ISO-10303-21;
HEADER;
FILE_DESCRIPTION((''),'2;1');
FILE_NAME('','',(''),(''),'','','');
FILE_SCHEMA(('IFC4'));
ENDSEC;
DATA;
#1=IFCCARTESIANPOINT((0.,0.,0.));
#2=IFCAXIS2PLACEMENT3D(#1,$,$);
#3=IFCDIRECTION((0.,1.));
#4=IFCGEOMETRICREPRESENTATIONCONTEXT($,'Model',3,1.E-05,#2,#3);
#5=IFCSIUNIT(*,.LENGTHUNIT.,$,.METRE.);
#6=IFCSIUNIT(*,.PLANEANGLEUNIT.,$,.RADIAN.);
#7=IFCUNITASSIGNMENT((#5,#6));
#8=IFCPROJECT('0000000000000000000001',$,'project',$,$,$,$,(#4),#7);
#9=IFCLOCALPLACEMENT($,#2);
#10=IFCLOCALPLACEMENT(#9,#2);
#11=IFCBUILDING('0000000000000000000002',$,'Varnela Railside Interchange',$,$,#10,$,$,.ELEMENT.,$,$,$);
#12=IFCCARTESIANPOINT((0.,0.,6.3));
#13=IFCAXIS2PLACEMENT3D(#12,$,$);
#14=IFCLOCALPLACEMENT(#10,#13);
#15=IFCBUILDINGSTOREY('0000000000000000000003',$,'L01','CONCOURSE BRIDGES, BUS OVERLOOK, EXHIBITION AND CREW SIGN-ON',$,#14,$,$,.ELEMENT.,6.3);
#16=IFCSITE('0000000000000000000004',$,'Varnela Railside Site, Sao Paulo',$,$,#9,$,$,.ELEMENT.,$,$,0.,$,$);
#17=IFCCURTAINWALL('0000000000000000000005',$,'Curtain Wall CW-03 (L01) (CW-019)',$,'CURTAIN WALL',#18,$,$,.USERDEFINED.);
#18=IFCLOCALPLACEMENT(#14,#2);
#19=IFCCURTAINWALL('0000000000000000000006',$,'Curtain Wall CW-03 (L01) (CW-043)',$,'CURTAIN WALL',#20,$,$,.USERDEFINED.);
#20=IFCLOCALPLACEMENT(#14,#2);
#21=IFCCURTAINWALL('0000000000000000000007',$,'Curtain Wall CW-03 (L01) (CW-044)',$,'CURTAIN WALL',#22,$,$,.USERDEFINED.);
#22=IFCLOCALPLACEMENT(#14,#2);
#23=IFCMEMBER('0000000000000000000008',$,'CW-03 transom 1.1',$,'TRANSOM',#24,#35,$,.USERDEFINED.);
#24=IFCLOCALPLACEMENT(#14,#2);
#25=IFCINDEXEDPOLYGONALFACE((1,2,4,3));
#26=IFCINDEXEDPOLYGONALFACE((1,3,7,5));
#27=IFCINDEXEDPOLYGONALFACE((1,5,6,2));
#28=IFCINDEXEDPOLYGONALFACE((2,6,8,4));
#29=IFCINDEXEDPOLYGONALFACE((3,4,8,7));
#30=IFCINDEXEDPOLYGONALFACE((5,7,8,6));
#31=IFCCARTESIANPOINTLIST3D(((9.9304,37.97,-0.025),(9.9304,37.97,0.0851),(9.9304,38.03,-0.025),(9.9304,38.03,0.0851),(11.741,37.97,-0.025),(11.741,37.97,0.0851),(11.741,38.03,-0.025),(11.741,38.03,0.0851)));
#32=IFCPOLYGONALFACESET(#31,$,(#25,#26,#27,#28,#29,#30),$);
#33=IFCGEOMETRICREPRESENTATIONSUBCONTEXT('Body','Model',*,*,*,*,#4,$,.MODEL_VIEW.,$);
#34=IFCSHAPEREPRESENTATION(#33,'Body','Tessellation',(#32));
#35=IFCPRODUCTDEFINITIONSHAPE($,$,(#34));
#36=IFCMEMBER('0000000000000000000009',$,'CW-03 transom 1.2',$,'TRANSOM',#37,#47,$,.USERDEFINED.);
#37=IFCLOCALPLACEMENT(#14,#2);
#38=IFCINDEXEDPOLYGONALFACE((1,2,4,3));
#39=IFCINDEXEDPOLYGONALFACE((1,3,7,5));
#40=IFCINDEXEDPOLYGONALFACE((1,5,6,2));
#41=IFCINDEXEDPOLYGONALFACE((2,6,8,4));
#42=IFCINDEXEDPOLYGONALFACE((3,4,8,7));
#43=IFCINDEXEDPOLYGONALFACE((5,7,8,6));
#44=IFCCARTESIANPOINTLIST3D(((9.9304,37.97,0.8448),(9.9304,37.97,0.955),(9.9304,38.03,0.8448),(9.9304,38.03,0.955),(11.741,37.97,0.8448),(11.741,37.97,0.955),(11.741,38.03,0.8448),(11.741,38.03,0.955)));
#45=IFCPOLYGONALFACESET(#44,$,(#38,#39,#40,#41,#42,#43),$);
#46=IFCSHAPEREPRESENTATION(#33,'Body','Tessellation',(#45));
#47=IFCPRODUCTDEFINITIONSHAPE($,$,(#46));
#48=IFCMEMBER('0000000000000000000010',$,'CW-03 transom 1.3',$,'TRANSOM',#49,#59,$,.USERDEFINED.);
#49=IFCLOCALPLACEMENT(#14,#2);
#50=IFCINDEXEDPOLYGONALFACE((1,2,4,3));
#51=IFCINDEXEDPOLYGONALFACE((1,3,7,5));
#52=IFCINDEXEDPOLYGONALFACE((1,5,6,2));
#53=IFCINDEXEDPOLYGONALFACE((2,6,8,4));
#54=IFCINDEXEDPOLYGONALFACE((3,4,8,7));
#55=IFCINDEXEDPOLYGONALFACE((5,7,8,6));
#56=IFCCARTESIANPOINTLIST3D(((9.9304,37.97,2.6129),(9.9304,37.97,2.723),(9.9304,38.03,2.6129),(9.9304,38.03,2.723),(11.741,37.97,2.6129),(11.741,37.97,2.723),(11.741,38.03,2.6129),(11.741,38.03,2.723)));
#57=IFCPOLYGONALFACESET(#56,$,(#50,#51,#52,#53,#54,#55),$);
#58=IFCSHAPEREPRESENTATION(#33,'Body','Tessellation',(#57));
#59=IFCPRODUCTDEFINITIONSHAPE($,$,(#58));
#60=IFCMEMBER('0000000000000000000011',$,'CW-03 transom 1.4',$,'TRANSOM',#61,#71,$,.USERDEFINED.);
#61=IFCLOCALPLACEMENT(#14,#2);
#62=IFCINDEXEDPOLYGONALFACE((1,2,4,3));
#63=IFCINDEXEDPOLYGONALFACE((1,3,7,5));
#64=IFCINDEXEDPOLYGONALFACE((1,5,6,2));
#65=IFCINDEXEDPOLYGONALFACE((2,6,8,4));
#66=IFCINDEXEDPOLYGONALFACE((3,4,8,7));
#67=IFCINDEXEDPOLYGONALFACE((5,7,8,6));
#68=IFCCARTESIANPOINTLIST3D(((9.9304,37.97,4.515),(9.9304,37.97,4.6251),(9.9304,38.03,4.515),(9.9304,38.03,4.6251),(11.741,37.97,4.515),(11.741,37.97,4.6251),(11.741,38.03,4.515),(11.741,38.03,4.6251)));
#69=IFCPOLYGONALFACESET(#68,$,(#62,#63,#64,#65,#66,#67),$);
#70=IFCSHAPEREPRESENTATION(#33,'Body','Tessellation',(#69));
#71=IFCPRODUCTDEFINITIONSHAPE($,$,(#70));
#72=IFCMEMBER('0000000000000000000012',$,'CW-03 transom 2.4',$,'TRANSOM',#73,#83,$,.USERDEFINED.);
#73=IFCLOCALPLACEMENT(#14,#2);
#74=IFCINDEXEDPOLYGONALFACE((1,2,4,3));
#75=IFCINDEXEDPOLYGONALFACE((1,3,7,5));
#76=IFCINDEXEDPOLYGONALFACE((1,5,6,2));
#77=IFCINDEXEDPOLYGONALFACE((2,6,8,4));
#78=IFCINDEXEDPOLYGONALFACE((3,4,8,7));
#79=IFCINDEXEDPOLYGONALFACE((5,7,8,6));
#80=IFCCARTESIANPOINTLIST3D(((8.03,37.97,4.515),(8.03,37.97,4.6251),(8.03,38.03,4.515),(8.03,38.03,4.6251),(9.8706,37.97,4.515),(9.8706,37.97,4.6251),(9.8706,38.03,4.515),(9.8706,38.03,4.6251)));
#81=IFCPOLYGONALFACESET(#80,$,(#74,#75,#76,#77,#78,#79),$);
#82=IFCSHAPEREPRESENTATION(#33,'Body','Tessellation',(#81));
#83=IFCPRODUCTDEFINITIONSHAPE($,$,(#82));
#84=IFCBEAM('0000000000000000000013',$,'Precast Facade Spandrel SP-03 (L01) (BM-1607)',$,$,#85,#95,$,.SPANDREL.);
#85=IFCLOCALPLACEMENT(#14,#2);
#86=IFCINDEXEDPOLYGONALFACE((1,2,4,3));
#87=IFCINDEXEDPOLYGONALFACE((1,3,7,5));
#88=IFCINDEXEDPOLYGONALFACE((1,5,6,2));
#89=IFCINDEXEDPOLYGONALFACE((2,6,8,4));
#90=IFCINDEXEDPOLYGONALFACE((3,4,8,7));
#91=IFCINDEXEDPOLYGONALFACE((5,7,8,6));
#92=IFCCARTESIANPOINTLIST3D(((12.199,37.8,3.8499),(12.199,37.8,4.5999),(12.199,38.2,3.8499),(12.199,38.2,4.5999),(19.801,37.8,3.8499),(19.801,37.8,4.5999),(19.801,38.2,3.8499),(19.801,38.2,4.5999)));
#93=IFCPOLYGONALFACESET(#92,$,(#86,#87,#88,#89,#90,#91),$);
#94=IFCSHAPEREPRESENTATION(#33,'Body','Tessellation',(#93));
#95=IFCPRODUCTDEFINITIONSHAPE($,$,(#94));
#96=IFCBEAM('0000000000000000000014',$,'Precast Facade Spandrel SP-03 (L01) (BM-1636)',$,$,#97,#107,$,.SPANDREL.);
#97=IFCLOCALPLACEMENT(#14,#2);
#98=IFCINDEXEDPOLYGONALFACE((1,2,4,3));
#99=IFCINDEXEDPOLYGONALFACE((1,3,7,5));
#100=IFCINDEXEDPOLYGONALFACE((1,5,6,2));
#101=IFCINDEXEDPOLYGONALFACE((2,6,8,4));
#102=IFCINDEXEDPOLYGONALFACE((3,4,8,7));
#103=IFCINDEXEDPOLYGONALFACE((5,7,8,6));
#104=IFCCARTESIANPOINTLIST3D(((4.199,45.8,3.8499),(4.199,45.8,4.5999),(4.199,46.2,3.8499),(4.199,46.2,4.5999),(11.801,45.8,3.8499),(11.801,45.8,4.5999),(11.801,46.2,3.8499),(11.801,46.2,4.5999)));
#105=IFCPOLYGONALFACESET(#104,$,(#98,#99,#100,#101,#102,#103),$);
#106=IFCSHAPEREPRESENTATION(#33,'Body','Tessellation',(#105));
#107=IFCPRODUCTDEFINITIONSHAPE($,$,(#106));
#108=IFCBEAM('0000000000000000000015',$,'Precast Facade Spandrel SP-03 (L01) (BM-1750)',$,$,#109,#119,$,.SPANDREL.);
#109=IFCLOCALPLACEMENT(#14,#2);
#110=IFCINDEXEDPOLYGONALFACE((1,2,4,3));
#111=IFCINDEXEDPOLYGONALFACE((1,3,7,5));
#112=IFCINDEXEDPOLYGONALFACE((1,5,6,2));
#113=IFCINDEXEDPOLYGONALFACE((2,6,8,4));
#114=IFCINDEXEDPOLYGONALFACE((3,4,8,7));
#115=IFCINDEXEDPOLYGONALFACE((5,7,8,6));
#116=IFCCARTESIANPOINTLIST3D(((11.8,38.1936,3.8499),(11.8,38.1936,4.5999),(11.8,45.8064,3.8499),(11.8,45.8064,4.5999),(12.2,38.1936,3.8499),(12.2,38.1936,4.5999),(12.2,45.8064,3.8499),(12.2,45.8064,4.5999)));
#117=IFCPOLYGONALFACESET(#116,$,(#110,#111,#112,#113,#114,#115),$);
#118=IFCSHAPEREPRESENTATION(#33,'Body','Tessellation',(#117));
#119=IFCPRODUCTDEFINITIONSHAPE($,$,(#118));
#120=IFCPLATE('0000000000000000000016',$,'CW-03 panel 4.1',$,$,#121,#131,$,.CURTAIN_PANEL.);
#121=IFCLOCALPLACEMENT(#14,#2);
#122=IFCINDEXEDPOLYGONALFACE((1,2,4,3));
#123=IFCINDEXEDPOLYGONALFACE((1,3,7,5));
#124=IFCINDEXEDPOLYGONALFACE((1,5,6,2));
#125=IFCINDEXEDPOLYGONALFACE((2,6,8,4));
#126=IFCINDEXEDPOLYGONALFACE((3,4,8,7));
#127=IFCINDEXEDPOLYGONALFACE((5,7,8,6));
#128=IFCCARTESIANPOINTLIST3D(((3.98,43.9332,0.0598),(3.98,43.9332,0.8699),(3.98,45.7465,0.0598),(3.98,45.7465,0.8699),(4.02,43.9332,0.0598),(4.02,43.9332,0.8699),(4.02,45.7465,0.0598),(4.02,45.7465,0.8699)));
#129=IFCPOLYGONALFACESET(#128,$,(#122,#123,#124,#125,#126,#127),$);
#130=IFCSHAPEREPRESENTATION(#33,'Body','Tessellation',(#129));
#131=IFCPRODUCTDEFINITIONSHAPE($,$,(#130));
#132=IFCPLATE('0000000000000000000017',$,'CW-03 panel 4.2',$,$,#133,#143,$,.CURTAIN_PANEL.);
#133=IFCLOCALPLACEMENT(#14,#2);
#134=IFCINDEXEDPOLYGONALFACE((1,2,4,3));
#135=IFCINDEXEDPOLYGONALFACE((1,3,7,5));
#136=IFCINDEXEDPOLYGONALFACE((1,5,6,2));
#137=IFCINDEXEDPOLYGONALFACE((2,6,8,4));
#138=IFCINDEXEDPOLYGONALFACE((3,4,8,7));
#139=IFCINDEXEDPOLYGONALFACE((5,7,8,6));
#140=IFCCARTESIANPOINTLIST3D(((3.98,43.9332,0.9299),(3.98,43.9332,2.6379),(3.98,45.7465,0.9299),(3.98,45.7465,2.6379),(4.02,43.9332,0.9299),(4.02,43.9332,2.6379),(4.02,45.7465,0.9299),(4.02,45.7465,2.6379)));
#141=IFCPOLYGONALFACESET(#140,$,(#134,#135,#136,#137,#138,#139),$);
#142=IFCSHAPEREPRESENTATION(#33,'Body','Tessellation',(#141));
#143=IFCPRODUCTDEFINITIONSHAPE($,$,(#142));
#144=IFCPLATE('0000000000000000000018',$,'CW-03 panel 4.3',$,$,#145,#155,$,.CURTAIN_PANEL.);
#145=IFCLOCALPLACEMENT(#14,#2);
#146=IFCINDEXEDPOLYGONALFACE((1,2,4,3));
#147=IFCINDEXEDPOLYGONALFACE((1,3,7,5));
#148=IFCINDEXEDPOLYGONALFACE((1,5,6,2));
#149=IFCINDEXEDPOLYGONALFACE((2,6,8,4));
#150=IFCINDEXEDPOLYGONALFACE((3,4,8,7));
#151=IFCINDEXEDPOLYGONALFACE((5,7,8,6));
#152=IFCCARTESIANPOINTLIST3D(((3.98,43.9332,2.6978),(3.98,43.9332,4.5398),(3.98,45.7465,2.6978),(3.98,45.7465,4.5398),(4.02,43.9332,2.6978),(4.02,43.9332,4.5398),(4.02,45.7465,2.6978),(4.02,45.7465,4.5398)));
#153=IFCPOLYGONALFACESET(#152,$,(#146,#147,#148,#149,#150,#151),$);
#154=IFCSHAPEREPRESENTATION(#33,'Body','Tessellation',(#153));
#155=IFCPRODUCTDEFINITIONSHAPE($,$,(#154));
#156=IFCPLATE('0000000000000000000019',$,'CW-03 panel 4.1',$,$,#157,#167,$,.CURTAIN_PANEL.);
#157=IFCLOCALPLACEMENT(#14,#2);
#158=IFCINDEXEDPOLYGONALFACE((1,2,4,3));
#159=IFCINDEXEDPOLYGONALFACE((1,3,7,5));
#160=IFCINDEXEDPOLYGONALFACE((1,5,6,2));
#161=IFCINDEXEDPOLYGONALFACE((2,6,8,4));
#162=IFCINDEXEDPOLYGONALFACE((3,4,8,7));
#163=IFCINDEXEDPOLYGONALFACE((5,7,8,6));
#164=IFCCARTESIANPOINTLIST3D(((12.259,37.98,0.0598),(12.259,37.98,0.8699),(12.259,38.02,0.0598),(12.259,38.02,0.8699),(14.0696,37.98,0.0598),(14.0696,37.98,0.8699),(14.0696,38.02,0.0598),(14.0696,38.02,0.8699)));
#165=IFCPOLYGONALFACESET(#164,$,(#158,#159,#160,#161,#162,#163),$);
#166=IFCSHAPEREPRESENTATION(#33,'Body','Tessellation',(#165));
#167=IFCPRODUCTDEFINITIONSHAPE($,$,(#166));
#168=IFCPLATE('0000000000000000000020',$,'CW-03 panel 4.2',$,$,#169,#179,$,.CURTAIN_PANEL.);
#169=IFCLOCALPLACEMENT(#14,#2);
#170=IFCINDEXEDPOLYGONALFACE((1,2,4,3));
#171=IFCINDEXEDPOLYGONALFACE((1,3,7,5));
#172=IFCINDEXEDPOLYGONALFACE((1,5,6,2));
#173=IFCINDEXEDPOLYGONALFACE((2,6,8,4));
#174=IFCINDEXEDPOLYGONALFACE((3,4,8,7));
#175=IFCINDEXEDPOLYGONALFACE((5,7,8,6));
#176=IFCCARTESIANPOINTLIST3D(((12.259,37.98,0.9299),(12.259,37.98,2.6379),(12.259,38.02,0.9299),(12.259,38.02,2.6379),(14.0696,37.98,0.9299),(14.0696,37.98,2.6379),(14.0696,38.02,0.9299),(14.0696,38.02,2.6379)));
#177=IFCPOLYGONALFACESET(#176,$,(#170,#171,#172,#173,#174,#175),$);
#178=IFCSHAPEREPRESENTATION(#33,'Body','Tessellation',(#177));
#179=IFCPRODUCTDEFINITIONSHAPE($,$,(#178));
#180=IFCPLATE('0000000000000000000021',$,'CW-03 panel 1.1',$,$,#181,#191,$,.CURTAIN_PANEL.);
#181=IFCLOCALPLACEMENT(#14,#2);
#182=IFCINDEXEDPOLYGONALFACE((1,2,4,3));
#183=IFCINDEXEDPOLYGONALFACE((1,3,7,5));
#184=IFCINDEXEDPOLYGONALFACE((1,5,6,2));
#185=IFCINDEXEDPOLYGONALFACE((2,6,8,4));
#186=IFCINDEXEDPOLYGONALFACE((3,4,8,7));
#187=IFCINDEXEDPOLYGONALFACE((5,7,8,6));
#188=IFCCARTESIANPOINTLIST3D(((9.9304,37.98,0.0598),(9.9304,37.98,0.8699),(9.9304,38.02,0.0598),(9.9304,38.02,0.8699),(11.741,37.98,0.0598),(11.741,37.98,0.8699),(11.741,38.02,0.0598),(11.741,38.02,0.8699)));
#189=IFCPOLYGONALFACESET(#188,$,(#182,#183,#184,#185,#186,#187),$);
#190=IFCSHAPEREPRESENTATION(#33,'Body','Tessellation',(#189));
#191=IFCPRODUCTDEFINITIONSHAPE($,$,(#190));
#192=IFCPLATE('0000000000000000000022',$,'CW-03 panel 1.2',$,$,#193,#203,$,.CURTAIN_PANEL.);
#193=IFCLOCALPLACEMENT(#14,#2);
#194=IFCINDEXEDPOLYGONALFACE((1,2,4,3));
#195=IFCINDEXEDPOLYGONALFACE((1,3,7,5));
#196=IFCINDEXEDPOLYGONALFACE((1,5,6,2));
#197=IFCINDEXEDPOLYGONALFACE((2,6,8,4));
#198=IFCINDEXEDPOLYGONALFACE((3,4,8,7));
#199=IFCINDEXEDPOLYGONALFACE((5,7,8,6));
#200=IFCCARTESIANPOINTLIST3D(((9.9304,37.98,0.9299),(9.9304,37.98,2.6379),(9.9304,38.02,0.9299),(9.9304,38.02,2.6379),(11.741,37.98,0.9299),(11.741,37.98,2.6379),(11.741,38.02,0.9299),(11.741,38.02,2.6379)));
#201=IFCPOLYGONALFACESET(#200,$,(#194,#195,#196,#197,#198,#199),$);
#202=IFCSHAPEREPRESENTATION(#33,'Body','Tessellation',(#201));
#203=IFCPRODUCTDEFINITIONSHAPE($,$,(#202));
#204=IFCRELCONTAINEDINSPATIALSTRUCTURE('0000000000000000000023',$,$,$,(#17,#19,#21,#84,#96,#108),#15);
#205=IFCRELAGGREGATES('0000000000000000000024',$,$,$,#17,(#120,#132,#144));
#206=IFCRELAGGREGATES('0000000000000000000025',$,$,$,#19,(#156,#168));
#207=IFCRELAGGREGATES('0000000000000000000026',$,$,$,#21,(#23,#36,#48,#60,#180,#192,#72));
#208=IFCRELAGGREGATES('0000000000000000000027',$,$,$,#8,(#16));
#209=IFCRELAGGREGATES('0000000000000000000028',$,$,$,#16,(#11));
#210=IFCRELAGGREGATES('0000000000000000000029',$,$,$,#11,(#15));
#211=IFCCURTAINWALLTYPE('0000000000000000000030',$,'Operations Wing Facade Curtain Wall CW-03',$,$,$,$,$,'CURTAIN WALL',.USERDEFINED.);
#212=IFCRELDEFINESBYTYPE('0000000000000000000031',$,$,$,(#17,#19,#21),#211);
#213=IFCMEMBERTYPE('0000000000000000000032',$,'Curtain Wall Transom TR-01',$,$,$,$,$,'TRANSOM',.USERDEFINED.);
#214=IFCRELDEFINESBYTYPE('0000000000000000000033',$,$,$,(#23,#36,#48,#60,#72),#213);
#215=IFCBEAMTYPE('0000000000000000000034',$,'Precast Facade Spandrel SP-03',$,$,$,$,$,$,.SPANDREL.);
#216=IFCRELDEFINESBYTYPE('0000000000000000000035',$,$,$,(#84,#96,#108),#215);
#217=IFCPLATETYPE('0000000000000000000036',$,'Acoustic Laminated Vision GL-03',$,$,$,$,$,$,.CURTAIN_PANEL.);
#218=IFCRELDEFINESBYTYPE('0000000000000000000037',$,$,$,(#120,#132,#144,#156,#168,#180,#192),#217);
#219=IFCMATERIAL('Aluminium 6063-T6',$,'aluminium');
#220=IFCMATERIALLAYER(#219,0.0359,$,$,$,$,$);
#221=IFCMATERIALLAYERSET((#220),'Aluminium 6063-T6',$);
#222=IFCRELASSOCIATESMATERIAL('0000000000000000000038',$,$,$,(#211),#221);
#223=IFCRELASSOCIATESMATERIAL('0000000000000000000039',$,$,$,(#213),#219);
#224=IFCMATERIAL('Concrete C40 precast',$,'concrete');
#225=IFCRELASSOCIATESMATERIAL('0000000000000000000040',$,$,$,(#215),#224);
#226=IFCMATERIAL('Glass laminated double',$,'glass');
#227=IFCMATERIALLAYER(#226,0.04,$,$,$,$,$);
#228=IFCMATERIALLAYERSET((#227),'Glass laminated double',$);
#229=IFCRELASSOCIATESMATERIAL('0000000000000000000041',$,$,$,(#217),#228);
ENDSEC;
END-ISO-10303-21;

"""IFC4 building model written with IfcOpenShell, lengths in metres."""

from ifc_helpers import new_model, si_unit, direction, frame, origin, origin_2d, place, context, subcontext, project, spatial, rectangle, extrude, material, layer, layer_set, material_profile, profile_set, type_object, element, aggregate, save


model = new_model("IFC4")

# Units and contexts
model_context = context("Model", 3, precision=1e-05, world=origin(), true_north=direction((0.0, 1.0)))
body_context = subcontext(model_context, "Body", "Model", "MODEL_VIEW")
ifc_project = project(units=[si_unit("LENGTHUNIT", "METRE"), si_unit("PLANEANGLEUNIT", "RADIAN")], contexts=[model_context])

# Site, building, storey
site_placement = place(None, origin())
site = spatial("IfcSite", under=ifc_project, at=site_placement, Name="Varnela Railside Site, Sao Paulo", CompositionType="ELEMENT", RefElevation=0.0)
building_placement = place(site_placement, origin())
building = spatial("IfcBuilding", under=site, at=building_placement, Name="Varnela Railside Interchange", CompositionType="ELEMENT")
storey_placement = place(building_placement, frame((0.0, 0.0, 6.3)))
storey = spatial("IfcBuildingStorey", under=building, at=storey_placement, Name="L01", Description="CONCOURSE BRIDGES, BUS OVERLOOK, EXHIBITION AND CREW SIGN-ON", CompositionType="ELEMENT", Elevation=6.3)

# Curtain walls
ifc_material_1 = material(Name="Aluminium 6063-T6", Category="aluminium")
ifc_layer_1 = layer(ifc_material_1, 0.0359)
ifc_layer_set_1 = layer_set([ifc_layer_1], Name="Aluminium 6063-T6")
curtain_wall_type = type_object("IfcCurtainWallType", Name="Operations Wing Facade Curtain Wall CW-03", ElementType="CURTAIN WALL", PredefinedType="USERDEFINED", material=ifc_layer_set_1)
curtain_wall_1_placement = place(storey_placement, origin())
curtain_wall_1 = element("IfcCurtainWall", 1, at=curtain_wall_1_placement, inside=storey, type_object=curtain_wall_type, Name="Curtain Wall CW-03 (L01) (CW-019)", ObjectType="CURTAIN WALL", PredefinedType="USERDEFINED")
curtain_wall_2_placement = place(storey_placement, origin())
curtain_wall_2 = element("IfcCurtainWall", 2, at=curtain_wall_2_placement, inside=storey, type_object=curtain_wall_type, Name="Curtain Wall CW-03 (L01) (CW-043)", ObjectType="CURTAIN WALL", PredefinedType="USERDEFINED")

# Curtain wall
curtain_wall_3_placement = place(storey_placement, origin())
curtain_wall_3 = element("IfcCurtainWall", 3, at=curtain_wall_3_placement, inside=storey, type_object=curtain_wall_type, Name="Curtain Wall CW-03 (L01) (CW-044)", ObjectType="CURTAIN WALL", PredefinedType="USERDEFINED")

# Members
ifc_material_profile_1 = material_profile(ifc_material_1, rectangle(XDim=0.0601, YDim=0.1101, at=origin_2d()), Name="ALU 60x110")
ifc_profile_set_1 = profile_set([ifc_material_profile_1], Name="Aluminium 6063-T6")
member_type_1 = type_object("IfcMemberType", Name="Curtain Wall Transom TR-01", ElementType="TRANSOM", PredefinedType="USERDEFINED", material=ifc_profile_set_1)
member_1_placement = place(storey_placement, frame((11.741, 38.0, 0.03), z_axis=(-1.0, 0.0, 0.0), x_axis=(0.0, -1.0, 0.0)))
member_1 = element("IfcMember", 4, at=member_1_placement, type_object=member_type_1, Name="CW-03 transom 1.1", ObjectType="TRANSOM", PredefinedType="USERDEFINED", context=body_context, shape_type="SweptSolid", body=[
    extrude(rectangle(XDim=0.0601, YDim=0.1101, at=origin_2d()), origin(), (0.0, 0.0, 1.0), 1.8105),
])
member_2_placement = place(storey_placement, frame((11.741, 38.0, 0.8999), z_axis=(-1.0, 0.0, 0.0), x_axis=(0.0, -1.0, 0.0)))
member_2 = element("IfcMember", 5, at=member_2_placement, type_object=member_type_1, Name="CW-03 transom 1.2", ObjectType="TRANSOM", PredefinedType="USERDEFINED", context=body_context, shape_type="SweptSolid", body=[
    extrude(rectangle(XDim=0.0601, YDim=0.1101, at=origin_2d()), origin(), (0.0, 0.0, 1.0), 1.8105),
])
member_3_placement = place(storey_placement, frame((11.741, 38.0, 2.668), z_axis=(-1.0, 0.0, 0.0), x_axis=(0.0, -1.0, 0.0)))
member_3 = element("IfcMember", 6, at=member_3_placement, type_object=member_type_1, Name="CW-03 transom 1.3", ObjectType="TRANSOM", PredefinedType="USERDEFINED", context=body_context, shape_type="SweptSolid", body=[
    extrude(rectangle(XDim=0.0601, YDim=0.1101, at=origin_2d()), origin(), (0.0, 0.0, 1.0), 1.8105),
])
member_4_placement = place(storey_placement, frame((11.741, 38.0, 4.5701), z_axis=(-1.0, 0.0, 0.0), x_axis=(0.0, -1.0, 0.0)))
member_4 = element("IfcMember", 7, at=member_4_placement, type_object=member_type_1, Name="CW-03 transom 1.4", ObjectType="TRANSOM", PredefinedType="USERDEFINED", context=body_context, shape_type="SweptSolid", body=[
    extrude(rectangle(XDim=0.0601, YDim=0.1101, at=origin_2d()), origin(), (0.0, 0.0, 1.0), 1.8105),
])
member_5_placement = place(storey_placement, frame((9.8706, 38.0, 4.5701), z_axis=(-1.0, 0.0, 0.0), x_axis=(0.0, -1.0, 0.0)))
member_5 = element("IfcMember", 8, at=member_5_placement, type_object=member_type_1, Name="CW-03 transom 2.4", ObjectType="TRANSOM", PredefinedType="USERDEFINED", context=body_context, shape_type="SweptSolid", body=[
    extrude(rectangle(XDim=0.0601, YDim=0.1101, at=origin_2d()), origin(), (0.0, 0.0, 1.0), 1.8406),
])

# Beams
ifc_material_2 = material(Name="Concrete C40 precast", Category="concrete")
ifc_material_profile_2 = material_profile(ifc_material_2, rectangle(XDim=0.3999, YDim=0.75, at=origin_2d()), Name="PC 400x750")
ifc_profile_set_2 = profile_set([ifc_material_profile_2], Name="Concrete C40 precast")
beam_type_1 = type_object("IfcBeamType", Name="Precast Facade Spandrel SP-03", PredefinedType="SPANDREL", material=ifc_profile_set_2)
for number, where, z_axis, x_axis, name in (
    (9, (12.199, 38.0, 4.2249), (1.0, 0.0, 0.0), (0.0, 1.0, 0.0), "Precast Facade Spandrel SP-03 (L01) (BM-1607)"),
    (10, (4.199, 46.0, 4.2249), (1.0, 0.0, 0.0), (0.0, 1.0, 0.0), "Precast Facade Spandrel SP-03 (L01) (BM-1636)"),
):
    element("IfcBeam", number, at=place(storey_placement, frame(where, z_axis=z_axis, x_axis=x_axis)), inside=storey, type_object=beam_type_1, Name=name, PredefinedType="SPANDREL", context=body_context, shape_type="SweptSolid", body=[
        extrude(rectangle(XDim=0.3999, YDim=0.75, at=origin_2d()), origin(), (0.0, 0.0, 1.0), 7.6021),
    ])
beam_placement = place(storey_placement, frame((12.0, 38.1936, 4.2249), z_axis=(0.0, 1.0, 0.0), x_axis=(-1.0, 0.0, 0.0)))
element("IfcBeam", 11, at=beam_placement, inside=storey, type_object=beam_type_1, Name="Precast Facade Spandrel SP-03 (L01) (BM-1750)", PredefinedType="SPANDREL", context=body_context, shape_type="SweptSolid", body=[
    extrude(rectangle(XDim=0.3999, YDim=0.75, at=origin_2d()), origin(), (0.0, 0.0, 1.0), 7.6128),
])

# Plates
ifc_material_3 = material(Name="Glass laminated double", Category="glass")
ifc_layer_2 = layer(ifc_material_3, 0.04)
ifc_layer_set_2 = layer_set([ifc_layer_2], Name="Glass laminated double")
plate_type = type_object("IfcPlateType", Name="Acoustic Laminated Vision GL-03", PredefinedType="CURTAIN_PANEL", material=ifc_layer_set_2)
plate_1_placement = place(storey_placement, frame((4.0, 44.8398, 0.0598), z_axis=(0.0, 0.0, 1.0), x_axis=(0.0, 1.0, 0.0)))
plate_1 = element("IfcPlate", 12, at=plate_1_placement, type_object=plate_type, Name="CW-03 panel 4.1", PredefinedType="CURTAIN_PANEL", context=body_context, shape_type="SweptSolid", body=[
    extrude(rectangle(XDim=1.8132, YDim=0.04, at=origin_2d()), origin(), (0.0, 0.0, 1.0), 0.8101),
])
plate_2_placement = place(storey_placement, frame((4.0, 44.8398, 0.9299), z_axis=(0.0, 0.0, 1.0), x_axis=(0.0, 1.0, 0.0)))
plate_2 = element("IfcPlate", 13, at=plate_2_placement, type_object=plate_type, Name="CW-03 panel 4.2", PredefinedType="CURTAIN_PANEL", context=body_context, shape_type="SweptSolid", body=[
    extrude(rectangle(XDim=1.8132, YDim=0.04, at=origin_2d()), origin(), (0.0, 0.0, 1.0), 1.708),
])
plate_3_placement = place(storey_placement, frame((4.0, 44.8398, 2.6978), z_axis=(0.0, 0.0, 1.0), x_axis=(0.0, 1.0, 0.0)))
plate_3 = element("IfcPlate", 14, at=plate_3_placement, type_object=plate_type, Name="CW-03 panel 4.3", PredefinedType="CURTAIN_PANEL", context=body_context, shape_type="SweptSolid", body=[
    extrude(rectangle(XDim=1.8132, YDim=0.04, at=origin_2d()), origin(), (0.0, 0.0, 1.0), 1.842),
])
aggregate(curtain_wall_1, [plate_1, plate_2, plate_3])
plate_4_placement = place(storey_placement, frame((13.1643, 38.0, 0.0598), z_axis=(0.0, 0.0, 1.0), x_axis=(-1.0, 0.0, 0.0)))
plate_4 = element("IfcPlate", 15, at=plate_4_placement, type_object=plate_type, Name="CW-03 panel 4.1", PredefinedType="CURTAIN_PANEL", context=body_context, shape_type="SweptSolid", body=[
    extrude(rectangle(XDim=1.8105, YDim=0.04, at=origin_2d()), origin(), (0.0, 0.0, 1.0), 0.8101),
])
plate_5_placement = place(storey_placement, frame((13.1643, 38.0, 0.9299), z_axis=(0.0, 0.0, 1.0), x_axis=(-1.0, 0.0, 0.0)))
plate_5 = element("IfcPlate", 16, at=plate_5_placement, type_object=plate_type, Name="CW-03 panel 4.2", PredefinedType="CURTAIN_PANEL", context=body_context, shape_type="SweptSolid", body=[
    extrude(rectangle(XDim=1.8105, YDim=0.04, at=origin_2d()), origin(), (0.0, 0.0, 1.0), 1.708),
])
aggregate(curtain_wall_2, [plate_4, plate_5])
plate_6_placement = place(storey_placement, frame((10.8357, 38.0, 0.0598), z_axis=(0.0, 0.0, 1.0), x_axis=(-1.0, 0.0, 0.0)))
plate_6 = element("IfcPlate", 17, at=plate_6_placement, type_object=plate_type, Name="CW-03 panel 1.1", PredefinedType="CURTAIN_PANEL", context=body_context, shape_type="SweptSolid", body=[
    extrude(rectangle(XDim=1.8105, YDim=0.04, at=origin_2d()), origin(), (0.0, 0.0, 1.0), 0.8101),
])
plate_7_placement = place(storey_placement, frame((10.8357, 38.0, 0.9299), z_axis=(0.0, 0.0, 1.0), x_axis=(-1.0, 0.0, 0.0)))
plate_7 = element("IfcPlate", 18, at=plate_7_placement, type_object=plate_type, Name="CW-03 panel 1.2", PredefinedType="CURTAIN_PANEL", context=body_context, shape_type="SweptSolid", body=[
    extrude(rectangle(XDim=1.8105, YDim=0.04, at=origin_2d()), origin(), (0.0, 0.0, 1.0), 1.708),
])
aggregate(curtain_wall_3, [member_1, member_2, member_3, member_4, plate_6, plate_7, member_5])

save(model, "model.ifc")
